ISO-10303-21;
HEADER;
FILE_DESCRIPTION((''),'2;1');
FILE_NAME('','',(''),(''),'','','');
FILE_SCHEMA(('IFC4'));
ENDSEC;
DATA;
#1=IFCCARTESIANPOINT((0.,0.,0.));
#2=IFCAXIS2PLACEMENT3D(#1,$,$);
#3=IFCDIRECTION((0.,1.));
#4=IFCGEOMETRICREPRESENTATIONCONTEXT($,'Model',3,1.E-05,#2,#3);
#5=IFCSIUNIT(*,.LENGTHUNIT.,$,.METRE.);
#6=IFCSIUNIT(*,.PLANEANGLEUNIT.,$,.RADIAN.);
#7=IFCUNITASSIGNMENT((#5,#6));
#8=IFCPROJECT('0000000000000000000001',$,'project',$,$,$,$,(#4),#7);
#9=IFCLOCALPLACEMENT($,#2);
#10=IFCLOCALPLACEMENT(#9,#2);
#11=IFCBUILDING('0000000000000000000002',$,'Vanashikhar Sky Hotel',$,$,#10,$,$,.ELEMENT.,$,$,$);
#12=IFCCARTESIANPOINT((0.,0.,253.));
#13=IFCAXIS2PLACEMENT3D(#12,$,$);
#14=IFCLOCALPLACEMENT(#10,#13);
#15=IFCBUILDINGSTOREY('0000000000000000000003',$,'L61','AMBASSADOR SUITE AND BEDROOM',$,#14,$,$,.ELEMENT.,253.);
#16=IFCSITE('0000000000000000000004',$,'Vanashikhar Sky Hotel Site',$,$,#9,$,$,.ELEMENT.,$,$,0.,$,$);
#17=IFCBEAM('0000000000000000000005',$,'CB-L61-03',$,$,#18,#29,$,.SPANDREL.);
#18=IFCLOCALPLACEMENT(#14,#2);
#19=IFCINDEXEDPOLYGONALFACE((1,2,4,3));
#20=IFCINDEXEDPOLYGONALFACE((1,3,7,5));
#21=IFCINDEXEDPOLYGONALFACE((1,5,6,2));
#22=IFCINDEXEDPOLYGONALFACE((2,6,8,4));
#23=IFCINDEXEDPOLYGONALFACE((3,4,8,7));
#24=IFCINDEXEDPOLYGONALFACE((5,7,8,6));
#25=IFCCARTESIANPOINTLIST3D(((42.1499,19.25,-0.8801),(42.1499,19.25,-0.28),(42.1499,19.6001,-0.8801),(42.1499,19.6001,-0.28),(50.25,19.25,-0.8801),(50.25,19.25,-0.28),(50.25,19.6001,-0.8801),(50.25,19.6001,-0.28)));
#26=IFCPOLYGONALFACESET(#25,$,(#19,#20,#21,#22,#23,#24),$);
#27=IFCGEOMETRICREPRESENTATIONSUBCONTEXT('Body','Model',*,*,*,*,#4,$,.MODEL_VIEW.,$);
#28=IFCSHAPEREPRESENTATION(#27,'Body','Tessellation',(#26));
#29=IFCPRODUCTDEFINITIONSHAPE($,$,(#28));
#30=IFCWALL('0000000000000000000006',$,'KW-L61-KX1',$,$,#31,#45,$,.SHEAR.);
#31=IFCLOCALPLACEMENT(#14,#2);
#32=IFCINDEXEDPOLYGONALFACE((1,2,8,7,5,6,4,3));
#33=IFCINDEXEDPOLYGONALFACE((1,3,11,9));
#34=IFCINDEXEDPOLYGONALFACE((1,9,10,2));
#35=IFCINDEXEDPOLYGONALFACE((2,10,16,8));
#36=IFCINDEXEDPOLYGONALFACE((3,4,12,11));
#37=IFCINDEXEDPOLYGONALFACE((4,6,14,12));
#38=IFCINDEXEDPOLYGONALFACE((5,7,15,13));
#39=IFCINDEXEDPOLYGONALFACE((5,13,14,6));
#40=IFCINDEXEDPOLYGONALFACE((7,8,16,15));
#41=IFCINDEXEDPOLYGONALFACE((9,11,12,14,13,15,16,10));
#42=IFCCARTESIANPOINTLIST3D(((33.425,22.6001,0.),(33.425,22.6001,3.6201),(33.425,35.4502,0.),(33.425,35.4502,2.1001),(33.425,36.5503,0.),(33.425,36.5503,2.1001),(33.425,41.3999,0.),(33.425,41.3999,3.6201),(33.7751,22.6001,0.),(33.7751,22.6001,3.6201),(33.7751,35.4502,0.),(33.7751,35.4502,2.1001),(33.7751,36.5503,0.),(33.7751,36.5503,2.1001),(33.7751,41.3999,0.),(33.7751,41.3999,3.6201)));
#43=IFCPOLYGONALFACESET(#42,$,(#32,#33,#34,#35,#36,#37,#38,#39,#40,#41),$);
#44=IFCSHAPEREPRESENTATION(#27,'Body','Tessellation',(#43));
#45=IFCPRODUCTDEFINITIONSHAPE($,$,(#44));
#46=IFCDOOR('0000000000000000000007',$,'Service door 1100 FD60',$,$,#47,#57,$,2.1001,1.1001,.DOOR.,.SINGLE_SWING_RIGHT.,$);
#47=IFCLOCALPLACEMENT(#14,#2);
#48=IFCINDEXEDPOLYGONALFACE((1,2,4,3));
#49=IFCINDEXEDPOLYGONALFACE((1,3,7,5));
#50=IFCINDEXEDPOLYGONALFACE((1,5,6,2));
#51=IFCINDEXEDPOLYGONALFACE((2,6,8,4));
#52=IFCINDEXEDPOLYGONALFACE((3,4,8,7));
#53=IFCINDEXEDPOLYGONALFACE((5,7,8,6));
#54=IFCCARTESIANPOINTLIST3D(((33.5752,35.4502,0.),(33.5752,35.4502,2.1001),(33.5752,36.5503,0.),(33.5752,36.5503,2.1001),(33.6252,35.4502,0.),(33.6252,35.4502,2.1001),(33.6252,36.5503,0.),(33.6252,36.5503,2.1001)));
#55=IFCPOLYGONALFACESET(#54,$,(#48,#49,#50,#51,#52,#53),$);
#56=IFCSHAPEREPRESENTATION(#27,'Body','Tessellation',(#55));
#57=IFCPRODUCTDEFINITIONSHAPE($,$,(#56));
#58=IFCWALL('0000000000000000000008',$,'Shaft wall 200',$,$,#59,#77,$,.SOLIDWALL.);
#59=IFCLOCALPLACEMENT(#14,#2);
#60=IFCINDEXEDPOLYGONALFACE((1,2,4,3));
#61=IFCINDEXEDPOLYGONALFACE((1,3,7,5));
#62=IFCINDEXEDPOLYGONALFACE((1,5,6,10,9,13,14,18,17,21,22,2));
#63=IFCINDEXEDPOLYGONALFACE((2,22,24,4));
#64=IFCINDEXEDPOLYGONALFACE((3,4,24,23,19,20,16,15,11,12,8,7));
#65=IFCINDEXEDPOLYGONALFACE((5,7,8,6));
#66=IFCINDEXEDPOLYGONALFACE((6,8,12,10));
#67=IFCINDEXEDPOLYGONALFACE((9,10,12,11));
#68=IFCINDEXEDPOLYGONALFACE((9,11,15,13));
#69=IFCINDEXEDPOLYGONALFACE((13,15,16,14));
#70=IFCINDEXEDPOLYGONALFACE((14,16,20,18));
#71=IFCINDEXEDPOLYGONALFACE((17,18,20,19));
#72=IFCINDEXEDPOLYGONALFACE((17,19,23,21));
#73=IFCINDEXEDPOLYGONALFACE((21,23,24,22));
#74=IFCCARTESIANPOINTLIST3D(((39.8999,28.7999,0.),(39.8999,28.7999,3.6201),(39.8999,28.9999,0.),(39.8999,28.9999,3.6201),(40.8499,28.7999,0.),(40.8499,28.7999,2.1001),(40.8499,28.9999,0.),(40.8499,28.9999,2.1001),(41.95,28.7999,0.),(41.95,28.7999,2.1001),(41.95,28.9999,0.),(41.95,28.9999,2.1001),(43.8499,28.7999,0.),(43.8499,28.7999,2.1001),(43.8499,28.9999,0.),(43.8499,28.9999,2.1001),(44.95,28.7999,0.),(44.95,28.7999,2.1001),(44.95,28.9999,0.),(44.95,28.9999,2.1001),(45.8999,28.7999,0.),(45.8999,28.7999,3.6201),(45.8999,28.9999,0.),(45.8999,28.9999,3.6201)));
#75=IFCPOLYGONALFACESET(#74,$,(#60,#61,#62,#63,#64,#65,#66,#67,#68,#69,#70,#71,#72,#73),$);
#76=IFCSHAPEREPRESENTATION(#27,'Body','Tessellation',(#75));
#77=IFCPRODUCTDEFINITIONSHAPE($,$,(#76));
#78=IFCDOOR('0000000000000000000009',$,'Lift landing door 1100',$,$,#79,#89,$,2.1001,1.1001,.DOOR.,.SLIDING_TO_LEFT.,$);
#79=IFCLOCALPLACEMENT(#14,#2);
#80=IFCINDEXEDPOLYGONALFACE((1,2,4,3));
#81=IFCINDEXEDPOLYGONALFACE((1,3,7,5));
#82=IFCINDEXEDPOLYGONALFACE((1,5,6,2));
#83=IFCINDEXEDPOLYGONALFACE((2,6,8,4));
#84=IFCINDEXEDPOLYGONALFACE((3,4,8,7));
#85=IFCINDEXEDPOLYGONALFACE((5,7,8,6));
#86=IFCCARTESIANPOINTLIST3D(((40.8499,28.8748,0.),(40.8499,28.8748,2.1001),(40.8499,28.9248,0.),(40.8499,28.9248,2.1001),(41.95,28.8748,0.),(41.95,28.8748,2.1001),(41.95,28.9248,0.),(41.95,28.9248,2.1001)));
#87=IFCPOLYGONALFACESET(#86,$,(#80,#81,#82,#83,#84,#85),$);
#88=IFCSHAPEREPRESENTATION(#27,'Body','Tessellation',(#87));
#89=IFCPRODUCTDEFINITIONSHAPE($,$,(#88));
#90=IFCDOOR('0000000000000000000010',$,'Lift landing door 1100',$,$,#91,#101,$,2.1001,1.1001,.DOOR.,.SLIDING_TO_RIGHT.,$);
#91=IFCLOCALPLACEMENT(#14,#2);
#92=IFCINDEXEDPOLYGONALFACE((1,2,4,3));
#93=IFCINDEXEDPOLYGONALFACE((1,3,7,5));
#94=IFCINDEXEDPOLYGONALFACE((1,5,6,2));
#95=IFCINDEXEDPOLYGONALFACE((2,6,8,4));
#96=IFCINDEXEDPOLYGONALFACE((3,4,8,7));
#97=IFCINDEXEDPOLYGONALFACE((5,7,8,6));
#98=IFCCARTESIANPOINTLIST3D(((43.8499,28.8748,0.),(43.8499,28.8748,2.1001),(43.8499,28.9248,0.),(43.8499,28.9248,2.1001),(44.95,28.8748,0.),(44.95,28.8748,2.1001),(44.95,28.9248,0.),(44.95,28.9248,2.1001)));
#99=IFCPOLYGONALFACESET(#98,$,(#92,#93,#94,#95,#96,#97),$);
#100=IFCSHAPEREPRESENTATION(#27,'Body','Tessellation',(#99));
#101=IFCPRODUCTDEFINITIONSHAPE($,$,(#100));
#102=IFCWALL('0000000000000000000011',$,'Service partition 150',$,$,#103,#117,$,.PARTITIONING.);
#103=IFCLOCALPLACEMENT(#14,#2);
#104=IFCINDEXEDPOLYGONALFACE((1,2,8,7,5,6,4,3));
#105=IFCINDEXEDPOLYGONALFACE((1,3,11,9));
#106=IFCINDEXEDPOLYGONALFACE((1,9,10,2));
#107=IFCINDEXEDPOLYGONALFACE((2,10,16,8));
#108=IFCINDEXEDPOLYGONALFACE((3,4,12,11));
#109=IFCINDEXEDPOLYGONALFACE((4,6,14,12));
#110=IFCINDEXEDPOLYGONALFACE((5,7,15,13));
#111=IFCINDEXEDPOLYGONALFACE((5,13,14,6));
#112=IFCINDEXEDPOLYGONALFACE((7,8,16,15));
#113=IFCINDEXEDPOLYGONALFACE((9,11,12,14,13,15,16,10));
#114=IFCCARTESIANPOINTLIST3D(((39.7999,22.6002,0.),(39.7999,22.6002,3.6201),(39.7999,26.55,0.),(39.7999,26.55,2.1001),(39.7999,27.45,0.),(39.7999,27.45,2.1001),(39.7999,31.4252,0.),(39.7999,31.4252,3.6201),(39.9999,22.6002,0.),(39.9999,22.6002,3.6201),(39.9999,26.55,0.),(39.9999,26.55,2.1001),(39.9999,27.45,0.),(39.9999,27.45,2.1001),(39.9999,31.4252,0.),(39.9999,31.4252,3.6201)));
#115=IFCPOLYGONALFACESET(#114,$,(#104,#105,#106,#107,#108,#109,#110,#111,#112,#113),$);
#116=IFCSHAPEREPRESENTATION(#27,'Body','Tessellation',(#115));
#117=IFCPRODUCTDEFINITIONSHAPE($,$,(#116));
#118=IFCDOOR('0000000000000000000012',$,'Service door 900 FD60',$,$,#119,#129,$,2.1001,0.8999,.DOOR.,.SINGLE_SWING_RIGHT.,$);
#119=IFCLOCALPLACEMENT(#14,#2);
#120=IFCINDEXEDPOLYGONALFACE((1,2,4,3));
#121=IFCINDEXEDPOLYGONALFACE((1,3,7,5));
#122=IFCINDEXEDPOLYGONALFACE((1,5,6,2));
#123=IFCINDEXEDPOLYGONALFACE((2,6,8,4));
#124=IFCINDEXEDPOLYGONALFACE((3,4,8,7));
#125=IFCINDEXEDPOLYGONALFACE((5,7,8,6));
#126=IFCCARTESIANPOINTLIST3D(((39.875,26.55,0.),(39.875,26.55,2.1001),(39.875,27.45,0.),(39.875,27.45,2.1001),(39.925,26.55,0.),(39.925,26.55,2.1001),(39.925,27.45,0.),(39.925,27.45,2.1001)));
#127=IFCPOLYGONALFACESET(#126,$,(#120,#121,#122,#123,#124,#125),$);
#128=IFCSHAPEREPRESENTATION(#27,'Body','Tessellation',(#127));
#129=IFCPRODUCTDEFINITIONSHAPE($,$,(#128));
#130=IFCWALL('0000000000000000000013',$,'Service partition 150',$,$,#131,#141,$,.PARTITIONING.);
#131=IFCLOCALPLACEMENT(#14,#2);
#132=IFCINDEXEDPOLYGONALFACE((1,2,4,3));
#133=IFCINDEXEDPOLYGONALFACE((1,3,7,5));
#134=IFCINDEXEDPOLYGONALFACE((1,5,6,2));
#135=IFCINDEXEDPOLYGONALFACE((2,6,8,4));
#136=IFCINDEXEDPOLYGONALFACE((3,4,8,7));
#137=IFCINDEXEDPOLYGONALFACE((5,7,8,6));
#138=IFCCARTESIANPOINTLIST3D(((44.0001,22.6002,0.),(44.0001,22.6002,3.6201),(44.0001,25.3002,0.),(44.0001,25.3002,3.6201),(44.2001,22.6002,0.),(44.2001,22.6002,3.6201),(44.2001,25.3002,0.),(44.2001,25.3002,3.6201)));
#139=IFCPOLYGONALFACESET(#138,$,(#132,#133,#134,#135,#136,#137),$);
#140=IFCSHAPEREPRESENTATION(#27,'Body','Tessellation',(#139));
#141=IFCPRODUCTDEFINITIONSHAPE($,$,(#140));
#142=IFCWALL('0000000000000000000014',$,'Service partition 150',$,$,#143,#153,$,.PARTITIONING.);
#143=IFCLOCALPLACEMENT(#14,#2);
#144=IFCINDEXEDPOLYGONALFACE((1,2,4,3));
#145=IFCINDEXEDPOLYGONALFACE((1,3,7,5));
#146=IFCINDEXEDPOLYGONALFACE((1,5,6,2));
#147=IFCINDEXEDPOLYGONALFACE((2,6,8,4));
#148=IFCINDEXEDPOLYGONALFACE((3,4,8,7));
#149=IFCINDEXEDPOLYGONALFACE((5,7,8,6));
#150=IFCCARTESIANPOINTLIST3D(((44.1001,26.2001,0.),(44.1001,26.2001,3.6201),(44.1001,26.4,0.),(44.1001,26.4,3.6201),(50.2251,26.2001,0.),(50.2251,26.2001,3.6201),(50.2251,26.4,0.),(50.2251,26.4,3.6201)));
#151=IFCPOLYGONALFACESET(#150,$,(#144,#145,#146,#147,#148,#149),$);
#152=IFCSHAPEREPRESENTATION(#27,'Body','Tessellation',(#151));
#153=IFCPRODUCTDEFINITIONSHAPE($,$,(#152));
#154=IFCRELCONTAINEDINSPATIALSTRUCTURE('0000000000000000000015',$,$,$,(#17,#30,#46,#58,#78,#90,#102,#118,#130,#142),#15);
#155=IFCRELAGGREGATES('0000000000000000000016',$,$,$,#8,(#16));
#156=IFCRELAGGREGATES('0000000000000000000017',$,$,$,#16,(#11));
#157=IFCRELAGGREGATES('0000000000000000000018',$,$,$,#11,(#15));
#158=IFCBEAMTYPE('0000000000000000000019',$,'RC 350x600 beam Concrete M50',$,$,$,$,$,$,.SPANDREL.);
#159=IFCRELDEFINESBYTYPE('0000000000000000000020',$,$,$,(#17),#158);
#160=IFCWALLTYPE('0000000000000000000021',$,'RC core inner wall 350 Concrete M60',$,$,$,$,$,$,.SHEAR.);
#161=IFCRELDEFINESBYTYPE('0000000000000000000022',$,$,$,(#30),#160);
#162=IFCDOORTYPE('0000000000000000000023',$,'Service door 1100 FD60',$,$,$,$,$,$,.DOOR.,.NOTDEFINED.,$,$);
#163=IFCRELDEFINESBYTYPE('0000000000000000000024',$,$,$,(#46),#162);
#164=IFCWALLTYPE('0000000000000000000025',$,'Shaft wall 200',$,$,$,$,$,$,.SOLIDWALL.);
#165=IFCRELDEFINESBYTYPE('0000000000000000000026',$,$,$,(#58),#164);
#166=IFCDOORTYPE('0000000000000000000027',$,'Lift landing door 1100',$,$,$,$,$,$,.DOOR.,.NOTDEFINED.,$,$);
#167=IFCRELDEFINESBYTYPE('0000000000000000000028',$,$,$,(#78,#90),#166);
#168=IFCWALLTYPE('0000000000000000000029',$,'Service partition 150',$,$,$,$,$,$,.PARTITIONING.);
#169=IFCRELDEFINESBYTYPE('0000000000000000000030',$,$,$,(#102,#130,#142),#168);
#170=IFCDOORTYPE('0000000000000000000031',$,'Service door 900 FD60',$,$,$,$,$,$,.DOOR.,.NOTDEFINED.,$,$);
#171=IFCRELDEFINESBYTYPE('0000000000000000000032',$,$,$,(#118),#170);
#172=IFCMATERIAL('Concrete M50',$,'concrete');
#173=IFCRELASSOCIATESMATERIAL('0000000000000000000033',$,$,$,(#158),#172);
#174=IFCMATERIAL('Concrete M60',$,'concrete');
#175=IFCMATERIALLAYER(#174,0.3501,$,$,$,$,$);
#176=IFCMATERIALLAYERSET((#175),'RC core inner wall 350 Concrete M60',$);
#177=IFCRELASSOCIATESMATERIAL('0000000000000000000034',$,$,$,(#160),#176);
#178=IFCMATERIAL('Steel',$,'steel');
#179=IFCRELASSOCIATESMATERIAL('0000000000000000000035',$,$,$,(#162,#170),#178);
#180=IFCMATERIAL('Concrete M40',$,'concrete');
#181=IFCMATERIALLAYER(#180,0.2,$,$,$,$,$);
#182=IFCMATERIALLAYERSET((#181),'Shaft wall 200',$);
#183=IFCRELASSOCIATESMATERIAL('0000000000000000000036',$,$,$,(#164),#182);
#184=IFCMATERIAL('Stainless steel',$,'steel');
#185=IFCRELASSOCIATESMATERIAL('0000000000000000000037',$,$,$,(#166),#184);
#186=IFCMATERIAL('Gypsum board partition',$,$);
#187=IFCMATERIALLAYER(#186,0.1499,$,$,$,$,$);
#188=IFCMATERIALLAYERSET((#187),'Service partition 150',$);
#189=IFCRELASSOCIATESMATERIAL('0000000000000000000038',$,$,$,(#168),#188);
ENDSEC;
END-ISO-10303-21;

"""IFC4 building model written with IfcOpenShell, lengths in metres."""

from ifc_helpers import new_model, si_unit, direction, frame, frame_2d, origin, origin_2d, place, context, subcontext, project, spatial, rectangle, extrude, source, transform, mapped, material, layer, layer_set, material_profile, profile_set, type_object, element, fill, save


model = new_model("IFC4")

# Units and contexts
model_context = context("Model", 3, precision=1e-05, world=origin(), true_north=direction((0.0, 1.0)))
body_context = subcontext(model_context, "Body", "Model", "MODEL_VIEW")
ifc_project = project(units=[si_unit("LENGTHUNIT", "METRE"), si_unit("PLANEANGLEUNIT", "RADIAN")], contexts=[model_context])

# Site, building, storey
site_placement = place(None, origin())
site = spatial("IfcSite", under=ifc_project, at=site_placement, Name="Vanashikhar Sky Hotel Site", CompositionType="ELEMENT", RefElevation=0.0)
building_placement = place(site_placement, origin())
building = spatial("IfcBuilding", under=site, at=building_placement, Name="Vanashikhar Sky Hotel", CompositionType="ELEMENT")
storey_placement = place(building_placement, frame((0.0, 0.0, 253.0)))
storey = spatial("IfcBuildingStorey", under=building, at=storey_placement, Name="L61", Description="AMBASSADOR SUITE AND BEDROOM", CompositionType="ELEMENT", Elevation=253.0)

# Beam
ifc_material_1 = material(Name="Concrete M50", Category="concrete")
ifc_material_profile = material_profile(ifc_material_1, rectangle(XDim=0.3501, YDim=0.6001, at=origin_2d()))
ifc_profile_set = profile_set([ifc_material_profile], Name="RC 350x600 beam Concrete M50")
beam_type = type_object("IfcBeamType", Name="RC 350x600 beam Concrete M50", PredefinedType="SPANDREL", material=ifc_profile_set)
shared_shape_1 = source(origin(), body_context, "Body", "SweptSolid", [
    extrude(rectangle(XDim=0.3501, YDim=0.6001, at=origin_2d()), origin(), (0.0, 0.0, 1.0), 8.1001),
])
beam_placement = place(storey_placement, frame((42.1499, 19.425, -0.5801), z_axis=(1.0, 0.0, 0.0), x_axis=(0.0, 1.0, 0.0)))
element("IfcBeam", 1, at=beam_placement, inside=storey, type_object=beam_type, Name="CB-L61-03", PredefinedType="SPANDREL", context=body_context, shape_type="MappedRepresentation", body=[
    mapped(shared_shape_1, transform((0.0, 0.0, 0.0), scale=1.0)),
])

# Wall, opening, door
ifc_material_2 = material(Name="Concrete M60", Category="concrete")
ifc_layer_1 = layer(ifc_material_2, 0.3501)
ifc_layer_set_1 = layer_set([ifc_layer_1], Name="RC core inner wall 350 Concrete M60")
wall_type_1 = type_object("IfcWallType", Name="RC core inner wall 350 Concrete M60", PredefinedType="SHEAR", material=ifc_layer_set_1)
shared_shape_2 = source(origin(), body_context, "Body", "SweptSolid", [
    extrude(rectangle(XDim=18.7998, YDim=0.3501, at=frame_2d((9.3999, 0.0))), origin(), (0.0, 0.0, 1.0), 3.6201),
])
wall_1_placement = place(storey_placement, frame((33.6001, 22.6001, 0.0), z_axis=(0.0, 0.0, 1.0), x_axis=(0.0, 1.0, 0.0)))
wall_1 = element("IfcWall", 2, at=wall_1_placement, inside=storey, type_object=wall_type_1, Name="KW-L61-KX1", PredefinedType="SHEAR", context=body_context, shape_type="MappedRepresentation", body=[
    mapped(shared_shape_2, transform((0.0, 0.0, 0.0), scale=1.0)),
])
shared_shape_3 = source(origin(), body_context, "Body", "SweptSolid", [
    extrude(rectangle(XDim=1.1001, YDim=2.1001, at=frame_2d((0.55, 1.05))), frame((0.0, 0.1851, 0.0), z_axis=(0.0, -1.0, 0.0), x_axis=(1.0, 0.0, 0.0)), (0.0, 0.0, 1.0), 0.3701),
])
opening_1_placement = place(wall_1_placement, frame((12.8501, 0.0, 0.0)))
opening_1 = element("IfcOpeningElement", 3, at=opening_1_placement, cuts=wall_1, PredefinedType="OPENING", context=body_context, shape_type="MappedRepresentation", body=[
    mapped(shared_shape_3, transform((0.0, 0.0, 0.0), scale=1.0)),
])
ifc_material_3 = material(Name="Steel", Category="steel")
door_type_1 = type_object("IfcDoorType", Name="Service door 1100 FD60", OperationType="NOTDEFINED", PredefinedType="DOOR", material=ifc_material_3)
shared_shape_4 = source(origin(), body_context, "Body", "SweptSolid", [
    extrude(rectangle(XDim=1.1001, YDim=2.1001, at=frame_2d((0.55, 1.05))), frame((0.0, 0.0249, 0.0), z_axis=(0.0, -1.0, 0.0), x_axis=(1.0, 0.0, 0.0)), (0.0, 0.0, 1.0), 0.05),
])
door_1_placement = place(opening_1_placement, origin())
door_1 = element("IfcDoor", 4, at=door_1_placement, inside=storey, type_object=door_type_1, Name="Service door 1100 FD60", OperationType="SINGLE_SWING_RIGHT", OverallHeight=2.1001, OverallWidth=1.1001, PredefinedType="DOOR", context=body_context, shape_type="MappedRepresentation", body=[
    mapped(shared_shape_4, transform((0.0, 0.0, 0.0), scale=1.0)),
])
fill(opening_1, door_1)

# Wall, openings, doors
ifc_material_4 = material(Name="Concrete M40", Category="concrete")
ifc_layer_2 = layer(ifc_material_4, 0.2)
ifc_layer_set_2 = layer_set([ifc_layer_2], Name="Shaft wall 200")
wall_type_2 = type_object("IfcWallType", Name="Shaft wall 200", PredefinedType="SOLIDWALL", material=ifc_layer_set_2)
shared_shape_5 = source(origin(), body_context, "Body", "SweptSolid", [
    extrude(rectangle(XDim=6.0, YDim=0.2, at=frame_2d((3.0, 0.0))), origin(), (0.0, 0.0, 1.0), 3.6201),
])
wall_2_placement = place(storey_placement, frame((39.8999, 28.8999, 0.0), z_axis=(0.0, 0.0, 1.0), x_axis=(1.0, 0.0, 0.0)))
wall_2 = element("IfcWall", 5, at=wall_2_placement, inside=storey, type_object=wall_type_2, Name="Shaft wall 200", PredefinedType="SOLIDWALL", context=body_context, shape_type="MappedRepresentation", body=[
    mapped(shared_shape_5, transform((0.0, 0.0, 0.0), scale=1.0)),
])
shared_shape_6 = source(origin(), body_context, "Body", "SweptSolid", [
    extrude(rectangle(XDim=1.1001, YDim=2.1001, at=frame_2d((0.55, 1.05))), frame((0.0, 0.1099, 0.0), z_axis=(0.0, -1.0, 0.0), x_axis=(1.0, 0.0, 0.0)), (0.0, 0.0, 1.0), 0.22),
])
opening_2_placement = place(wall_2_placement, frame((0.95, 0.0, 0.0)))
opening_2 = element("IfcOpeningElement", 6, at=opening_2_placement, cuts=wall_2, PredefinedType="OPENING", context=body_context, shape_type="MappedRepresentation", body=[
    mapped(shared_shape_6, transform((0.0, 0.0, 0.0), scale=1.0)),
])
opening_3_placement = place(wall_2_placement, frame((3.95, 0.0, 0.0)))
opening_3 = element("IfcOpeningElement", 7, at=opening_3_placement, cuts=wall_2, PredefinedType="OPENING", context=body_context, shape_type="MappedRepresentation", body=[
    mapped(shared_shape_6, transform((0.0, 0.0, 0.0), scale=1.0)),
])
ifc_material_5 = material(Name="Stainless steel", Category="steel")
door_type_2 = type_object("IfcDoorType", Name="Lift landing door 1100", OperationType="NOTDEFINED", PredefinedType="DOOR", material=ifc_material_5)
door_2_placement = place(opening_2_placement, origin())
door_2 = element("IfcDoor", 8, at=door_2_placement, inside=storey, type_object=door_type_2, Name="Lift landing door 1100", OperationType="SLIDING_TO_LEFT", OverallHeight=2.1001, OverallWidth=1.1001, PredefinedType="DOOR", context=body_context, shape_type="MappedRepresentation", body=[
    mapped(shared_shape_4, transform((0.0, 0.0, 0.0), scale=1.0)),
])
fill(opening_2, door_2)
door_3_placement = place(opening_3_placement, origin())
door_3 = element("IfcDoor", 9, at=door_3_placement, inside=storey, type_object=door_type_2, Name="Lift landing door 1100", OperationType="SLIDING_TO_RIGHT", OverallHeight=2.1001, OverallWidth=1.1001, PredefinedType="DOOR", context=body_context, shape_type="MappedRepresentation", body=[
    mapped(shared_shape_4, transform((0.0, 0.0, 0.0), scale=1.0)),
])
fill(opening_3, door_3)

# Wall, opening, door
ifc_material_6 = material(Name="Gypsum board partition")
ifc_layer_3 = layer(ifc_material_6, 0.1499)
ifc_layer_set_3 = layer_set([ifc_layer_3], Name="Service partition 150")
wall_type_3 = type_object("IfcWallType", Name="Service partition 150", PredefinedType="PARTITIONING", material=ifc_layer_set_3)
shared_shape_7 = source(origin(), body_context, "Body", "SweptSolid", [
    extrude(rectangle(XDim=8.825, YDim=0.2, at=frame_2d((4.4126, 0.0))), origin(), (0.0, 0.0, 1.0), 3.6201),
])
wall_3_placement = place(storey_placement, frame((39.8999, 22.6001, 0.0), z_axis=(0.0, 0.0, 1.0), x_axis=(0.0, 1.0, 0.0)))
wall_3 = element("IfcWall", 10, at=wall_3_placement, inside=storey, type_object=wall_type_3, Name="Service partition 150", PredefinedType="PARTITIONING", context=body_context, shape_type="MappedRepresentation", body=[
    mapped(shared_shape_7, transform((0.0, 0.0, 0.0), scale=1.0)),
])
shared_shape_8 = source(origin(), body_context, "Body", "SweptSolid", [
    extrude(rectangle(XDim=0.8999, YDim=2.1001, at=frame_2d((0.45, 1.05))), frame((0.0, 0.1099, 0.0), z_axis=(0.0, -1.0, 0.0), x_axis=(1.0, 0.0, 0.0)), (0.0, 0.0, 1.0), 0.22),
])
opening_4_placement = place(wall_3_placement, frame((3.95, 0.0, 0.0)))
opening_4 = element("IfcOpeningElement", 11, at=opening_4_placement, cuts=wall_3, PredefinedType="OPENING", context=body_context, shape_type="MappedRepresentation", body=[
    mapped(shared_shape_8, transform((0.0, 0.0, 0.0), scale=1.0)),
])
door_type_3 = type_object("IfcDoorType", Name="Service door 900 FD60", OperationType="NOTDEFINED", PredefinedType="DOOR", material=ifc_material_3)
shared_shape_9 = source(origin(), body_context, "Body", "SweptSolid", [
    extrude(rectangle(XDim=0.8999, YDim=2.1001, at=frame_2d((0.45, 1.05))), frame((0.0, 0.0249, 0.0), z_axis=(0.0, -1.0, 0.0), x_axis=(1.0, 0.0, 0.0)), (0.0, 0.0, 1.0), 0.05),
])
door_4_placement = place(opening_4_placement, origin())
door_4 = element("IfcDoor", 12, at=door_4_placement, inside=storey, type_object=door_type_3, Name="Service door 900 FD60", OperationType="SINGLE_SWING_RIGHT", OverallHeight=2.1001, OverallWidth=0.8999, PredefinedType="DOOR", context=body_context, shape_type="MappedRepresentation", body=[
    mapped(shared_shape_9, transform((0.0, 0.0, 0.0), scale=1.0)),
])
fill(opening_4, door_4)

# Walls
shared_shape_10 = source(origin(), body_context, "Body", "SweptSolid", [
    extrude(rectangle(XDim=2.7, YDim=0.2, at=frame_2d((1.3501, 0.0))), origin(), (0.0, 0.0, 1.0), 3.6201),
])
wall_4_placement = place(storey_placement, frame((44.1001, 22.6001, 0.0), z_axis=(0.0, 0.0, 1.0), x_axis=(0.0, 1.0, 0.0)))
element("IfcWall", 13, at=wall_4_placement, inside=storey, type_object=wall_type_3, Name="Service partition 150", PredefinedType="PARTITIONING", context=body_context, shape_type="MappedRepresentation", body=[
    mapped(shared_shape_10, transform((0.0, 0.0, 0.0), scale=1.0)),
])
shared_shape_11 = source(origin(), body_context, "Body", "SweptSolid", [
    extrude(rectangle(XDim=6.125, YDim=0.2, at=frame_2d((3.0625, 0.0))), origin(), (0.0, 0.0, 1.0), 3.6201),
])
wall_5_placement = place(storey_placement, frame((44.1001, 26.3, 0.0), z_axis=(0.0, 0.0, 1.0), x_axis=(1.0, 0.0, 0.0)))
element("IfcWall", 14, at=wall_5_placement, inside=storey, type_object=wall_type_3, Name="Service partition 150", PredefinedType="PARTITIONING", context=body_context, shape_type="MappedRepresentation", body=[
    mapped(shared_shape_11, transform((0.0, 0.0, 0.0), scale=1.0)),
])

save(model, "model.ifc")
